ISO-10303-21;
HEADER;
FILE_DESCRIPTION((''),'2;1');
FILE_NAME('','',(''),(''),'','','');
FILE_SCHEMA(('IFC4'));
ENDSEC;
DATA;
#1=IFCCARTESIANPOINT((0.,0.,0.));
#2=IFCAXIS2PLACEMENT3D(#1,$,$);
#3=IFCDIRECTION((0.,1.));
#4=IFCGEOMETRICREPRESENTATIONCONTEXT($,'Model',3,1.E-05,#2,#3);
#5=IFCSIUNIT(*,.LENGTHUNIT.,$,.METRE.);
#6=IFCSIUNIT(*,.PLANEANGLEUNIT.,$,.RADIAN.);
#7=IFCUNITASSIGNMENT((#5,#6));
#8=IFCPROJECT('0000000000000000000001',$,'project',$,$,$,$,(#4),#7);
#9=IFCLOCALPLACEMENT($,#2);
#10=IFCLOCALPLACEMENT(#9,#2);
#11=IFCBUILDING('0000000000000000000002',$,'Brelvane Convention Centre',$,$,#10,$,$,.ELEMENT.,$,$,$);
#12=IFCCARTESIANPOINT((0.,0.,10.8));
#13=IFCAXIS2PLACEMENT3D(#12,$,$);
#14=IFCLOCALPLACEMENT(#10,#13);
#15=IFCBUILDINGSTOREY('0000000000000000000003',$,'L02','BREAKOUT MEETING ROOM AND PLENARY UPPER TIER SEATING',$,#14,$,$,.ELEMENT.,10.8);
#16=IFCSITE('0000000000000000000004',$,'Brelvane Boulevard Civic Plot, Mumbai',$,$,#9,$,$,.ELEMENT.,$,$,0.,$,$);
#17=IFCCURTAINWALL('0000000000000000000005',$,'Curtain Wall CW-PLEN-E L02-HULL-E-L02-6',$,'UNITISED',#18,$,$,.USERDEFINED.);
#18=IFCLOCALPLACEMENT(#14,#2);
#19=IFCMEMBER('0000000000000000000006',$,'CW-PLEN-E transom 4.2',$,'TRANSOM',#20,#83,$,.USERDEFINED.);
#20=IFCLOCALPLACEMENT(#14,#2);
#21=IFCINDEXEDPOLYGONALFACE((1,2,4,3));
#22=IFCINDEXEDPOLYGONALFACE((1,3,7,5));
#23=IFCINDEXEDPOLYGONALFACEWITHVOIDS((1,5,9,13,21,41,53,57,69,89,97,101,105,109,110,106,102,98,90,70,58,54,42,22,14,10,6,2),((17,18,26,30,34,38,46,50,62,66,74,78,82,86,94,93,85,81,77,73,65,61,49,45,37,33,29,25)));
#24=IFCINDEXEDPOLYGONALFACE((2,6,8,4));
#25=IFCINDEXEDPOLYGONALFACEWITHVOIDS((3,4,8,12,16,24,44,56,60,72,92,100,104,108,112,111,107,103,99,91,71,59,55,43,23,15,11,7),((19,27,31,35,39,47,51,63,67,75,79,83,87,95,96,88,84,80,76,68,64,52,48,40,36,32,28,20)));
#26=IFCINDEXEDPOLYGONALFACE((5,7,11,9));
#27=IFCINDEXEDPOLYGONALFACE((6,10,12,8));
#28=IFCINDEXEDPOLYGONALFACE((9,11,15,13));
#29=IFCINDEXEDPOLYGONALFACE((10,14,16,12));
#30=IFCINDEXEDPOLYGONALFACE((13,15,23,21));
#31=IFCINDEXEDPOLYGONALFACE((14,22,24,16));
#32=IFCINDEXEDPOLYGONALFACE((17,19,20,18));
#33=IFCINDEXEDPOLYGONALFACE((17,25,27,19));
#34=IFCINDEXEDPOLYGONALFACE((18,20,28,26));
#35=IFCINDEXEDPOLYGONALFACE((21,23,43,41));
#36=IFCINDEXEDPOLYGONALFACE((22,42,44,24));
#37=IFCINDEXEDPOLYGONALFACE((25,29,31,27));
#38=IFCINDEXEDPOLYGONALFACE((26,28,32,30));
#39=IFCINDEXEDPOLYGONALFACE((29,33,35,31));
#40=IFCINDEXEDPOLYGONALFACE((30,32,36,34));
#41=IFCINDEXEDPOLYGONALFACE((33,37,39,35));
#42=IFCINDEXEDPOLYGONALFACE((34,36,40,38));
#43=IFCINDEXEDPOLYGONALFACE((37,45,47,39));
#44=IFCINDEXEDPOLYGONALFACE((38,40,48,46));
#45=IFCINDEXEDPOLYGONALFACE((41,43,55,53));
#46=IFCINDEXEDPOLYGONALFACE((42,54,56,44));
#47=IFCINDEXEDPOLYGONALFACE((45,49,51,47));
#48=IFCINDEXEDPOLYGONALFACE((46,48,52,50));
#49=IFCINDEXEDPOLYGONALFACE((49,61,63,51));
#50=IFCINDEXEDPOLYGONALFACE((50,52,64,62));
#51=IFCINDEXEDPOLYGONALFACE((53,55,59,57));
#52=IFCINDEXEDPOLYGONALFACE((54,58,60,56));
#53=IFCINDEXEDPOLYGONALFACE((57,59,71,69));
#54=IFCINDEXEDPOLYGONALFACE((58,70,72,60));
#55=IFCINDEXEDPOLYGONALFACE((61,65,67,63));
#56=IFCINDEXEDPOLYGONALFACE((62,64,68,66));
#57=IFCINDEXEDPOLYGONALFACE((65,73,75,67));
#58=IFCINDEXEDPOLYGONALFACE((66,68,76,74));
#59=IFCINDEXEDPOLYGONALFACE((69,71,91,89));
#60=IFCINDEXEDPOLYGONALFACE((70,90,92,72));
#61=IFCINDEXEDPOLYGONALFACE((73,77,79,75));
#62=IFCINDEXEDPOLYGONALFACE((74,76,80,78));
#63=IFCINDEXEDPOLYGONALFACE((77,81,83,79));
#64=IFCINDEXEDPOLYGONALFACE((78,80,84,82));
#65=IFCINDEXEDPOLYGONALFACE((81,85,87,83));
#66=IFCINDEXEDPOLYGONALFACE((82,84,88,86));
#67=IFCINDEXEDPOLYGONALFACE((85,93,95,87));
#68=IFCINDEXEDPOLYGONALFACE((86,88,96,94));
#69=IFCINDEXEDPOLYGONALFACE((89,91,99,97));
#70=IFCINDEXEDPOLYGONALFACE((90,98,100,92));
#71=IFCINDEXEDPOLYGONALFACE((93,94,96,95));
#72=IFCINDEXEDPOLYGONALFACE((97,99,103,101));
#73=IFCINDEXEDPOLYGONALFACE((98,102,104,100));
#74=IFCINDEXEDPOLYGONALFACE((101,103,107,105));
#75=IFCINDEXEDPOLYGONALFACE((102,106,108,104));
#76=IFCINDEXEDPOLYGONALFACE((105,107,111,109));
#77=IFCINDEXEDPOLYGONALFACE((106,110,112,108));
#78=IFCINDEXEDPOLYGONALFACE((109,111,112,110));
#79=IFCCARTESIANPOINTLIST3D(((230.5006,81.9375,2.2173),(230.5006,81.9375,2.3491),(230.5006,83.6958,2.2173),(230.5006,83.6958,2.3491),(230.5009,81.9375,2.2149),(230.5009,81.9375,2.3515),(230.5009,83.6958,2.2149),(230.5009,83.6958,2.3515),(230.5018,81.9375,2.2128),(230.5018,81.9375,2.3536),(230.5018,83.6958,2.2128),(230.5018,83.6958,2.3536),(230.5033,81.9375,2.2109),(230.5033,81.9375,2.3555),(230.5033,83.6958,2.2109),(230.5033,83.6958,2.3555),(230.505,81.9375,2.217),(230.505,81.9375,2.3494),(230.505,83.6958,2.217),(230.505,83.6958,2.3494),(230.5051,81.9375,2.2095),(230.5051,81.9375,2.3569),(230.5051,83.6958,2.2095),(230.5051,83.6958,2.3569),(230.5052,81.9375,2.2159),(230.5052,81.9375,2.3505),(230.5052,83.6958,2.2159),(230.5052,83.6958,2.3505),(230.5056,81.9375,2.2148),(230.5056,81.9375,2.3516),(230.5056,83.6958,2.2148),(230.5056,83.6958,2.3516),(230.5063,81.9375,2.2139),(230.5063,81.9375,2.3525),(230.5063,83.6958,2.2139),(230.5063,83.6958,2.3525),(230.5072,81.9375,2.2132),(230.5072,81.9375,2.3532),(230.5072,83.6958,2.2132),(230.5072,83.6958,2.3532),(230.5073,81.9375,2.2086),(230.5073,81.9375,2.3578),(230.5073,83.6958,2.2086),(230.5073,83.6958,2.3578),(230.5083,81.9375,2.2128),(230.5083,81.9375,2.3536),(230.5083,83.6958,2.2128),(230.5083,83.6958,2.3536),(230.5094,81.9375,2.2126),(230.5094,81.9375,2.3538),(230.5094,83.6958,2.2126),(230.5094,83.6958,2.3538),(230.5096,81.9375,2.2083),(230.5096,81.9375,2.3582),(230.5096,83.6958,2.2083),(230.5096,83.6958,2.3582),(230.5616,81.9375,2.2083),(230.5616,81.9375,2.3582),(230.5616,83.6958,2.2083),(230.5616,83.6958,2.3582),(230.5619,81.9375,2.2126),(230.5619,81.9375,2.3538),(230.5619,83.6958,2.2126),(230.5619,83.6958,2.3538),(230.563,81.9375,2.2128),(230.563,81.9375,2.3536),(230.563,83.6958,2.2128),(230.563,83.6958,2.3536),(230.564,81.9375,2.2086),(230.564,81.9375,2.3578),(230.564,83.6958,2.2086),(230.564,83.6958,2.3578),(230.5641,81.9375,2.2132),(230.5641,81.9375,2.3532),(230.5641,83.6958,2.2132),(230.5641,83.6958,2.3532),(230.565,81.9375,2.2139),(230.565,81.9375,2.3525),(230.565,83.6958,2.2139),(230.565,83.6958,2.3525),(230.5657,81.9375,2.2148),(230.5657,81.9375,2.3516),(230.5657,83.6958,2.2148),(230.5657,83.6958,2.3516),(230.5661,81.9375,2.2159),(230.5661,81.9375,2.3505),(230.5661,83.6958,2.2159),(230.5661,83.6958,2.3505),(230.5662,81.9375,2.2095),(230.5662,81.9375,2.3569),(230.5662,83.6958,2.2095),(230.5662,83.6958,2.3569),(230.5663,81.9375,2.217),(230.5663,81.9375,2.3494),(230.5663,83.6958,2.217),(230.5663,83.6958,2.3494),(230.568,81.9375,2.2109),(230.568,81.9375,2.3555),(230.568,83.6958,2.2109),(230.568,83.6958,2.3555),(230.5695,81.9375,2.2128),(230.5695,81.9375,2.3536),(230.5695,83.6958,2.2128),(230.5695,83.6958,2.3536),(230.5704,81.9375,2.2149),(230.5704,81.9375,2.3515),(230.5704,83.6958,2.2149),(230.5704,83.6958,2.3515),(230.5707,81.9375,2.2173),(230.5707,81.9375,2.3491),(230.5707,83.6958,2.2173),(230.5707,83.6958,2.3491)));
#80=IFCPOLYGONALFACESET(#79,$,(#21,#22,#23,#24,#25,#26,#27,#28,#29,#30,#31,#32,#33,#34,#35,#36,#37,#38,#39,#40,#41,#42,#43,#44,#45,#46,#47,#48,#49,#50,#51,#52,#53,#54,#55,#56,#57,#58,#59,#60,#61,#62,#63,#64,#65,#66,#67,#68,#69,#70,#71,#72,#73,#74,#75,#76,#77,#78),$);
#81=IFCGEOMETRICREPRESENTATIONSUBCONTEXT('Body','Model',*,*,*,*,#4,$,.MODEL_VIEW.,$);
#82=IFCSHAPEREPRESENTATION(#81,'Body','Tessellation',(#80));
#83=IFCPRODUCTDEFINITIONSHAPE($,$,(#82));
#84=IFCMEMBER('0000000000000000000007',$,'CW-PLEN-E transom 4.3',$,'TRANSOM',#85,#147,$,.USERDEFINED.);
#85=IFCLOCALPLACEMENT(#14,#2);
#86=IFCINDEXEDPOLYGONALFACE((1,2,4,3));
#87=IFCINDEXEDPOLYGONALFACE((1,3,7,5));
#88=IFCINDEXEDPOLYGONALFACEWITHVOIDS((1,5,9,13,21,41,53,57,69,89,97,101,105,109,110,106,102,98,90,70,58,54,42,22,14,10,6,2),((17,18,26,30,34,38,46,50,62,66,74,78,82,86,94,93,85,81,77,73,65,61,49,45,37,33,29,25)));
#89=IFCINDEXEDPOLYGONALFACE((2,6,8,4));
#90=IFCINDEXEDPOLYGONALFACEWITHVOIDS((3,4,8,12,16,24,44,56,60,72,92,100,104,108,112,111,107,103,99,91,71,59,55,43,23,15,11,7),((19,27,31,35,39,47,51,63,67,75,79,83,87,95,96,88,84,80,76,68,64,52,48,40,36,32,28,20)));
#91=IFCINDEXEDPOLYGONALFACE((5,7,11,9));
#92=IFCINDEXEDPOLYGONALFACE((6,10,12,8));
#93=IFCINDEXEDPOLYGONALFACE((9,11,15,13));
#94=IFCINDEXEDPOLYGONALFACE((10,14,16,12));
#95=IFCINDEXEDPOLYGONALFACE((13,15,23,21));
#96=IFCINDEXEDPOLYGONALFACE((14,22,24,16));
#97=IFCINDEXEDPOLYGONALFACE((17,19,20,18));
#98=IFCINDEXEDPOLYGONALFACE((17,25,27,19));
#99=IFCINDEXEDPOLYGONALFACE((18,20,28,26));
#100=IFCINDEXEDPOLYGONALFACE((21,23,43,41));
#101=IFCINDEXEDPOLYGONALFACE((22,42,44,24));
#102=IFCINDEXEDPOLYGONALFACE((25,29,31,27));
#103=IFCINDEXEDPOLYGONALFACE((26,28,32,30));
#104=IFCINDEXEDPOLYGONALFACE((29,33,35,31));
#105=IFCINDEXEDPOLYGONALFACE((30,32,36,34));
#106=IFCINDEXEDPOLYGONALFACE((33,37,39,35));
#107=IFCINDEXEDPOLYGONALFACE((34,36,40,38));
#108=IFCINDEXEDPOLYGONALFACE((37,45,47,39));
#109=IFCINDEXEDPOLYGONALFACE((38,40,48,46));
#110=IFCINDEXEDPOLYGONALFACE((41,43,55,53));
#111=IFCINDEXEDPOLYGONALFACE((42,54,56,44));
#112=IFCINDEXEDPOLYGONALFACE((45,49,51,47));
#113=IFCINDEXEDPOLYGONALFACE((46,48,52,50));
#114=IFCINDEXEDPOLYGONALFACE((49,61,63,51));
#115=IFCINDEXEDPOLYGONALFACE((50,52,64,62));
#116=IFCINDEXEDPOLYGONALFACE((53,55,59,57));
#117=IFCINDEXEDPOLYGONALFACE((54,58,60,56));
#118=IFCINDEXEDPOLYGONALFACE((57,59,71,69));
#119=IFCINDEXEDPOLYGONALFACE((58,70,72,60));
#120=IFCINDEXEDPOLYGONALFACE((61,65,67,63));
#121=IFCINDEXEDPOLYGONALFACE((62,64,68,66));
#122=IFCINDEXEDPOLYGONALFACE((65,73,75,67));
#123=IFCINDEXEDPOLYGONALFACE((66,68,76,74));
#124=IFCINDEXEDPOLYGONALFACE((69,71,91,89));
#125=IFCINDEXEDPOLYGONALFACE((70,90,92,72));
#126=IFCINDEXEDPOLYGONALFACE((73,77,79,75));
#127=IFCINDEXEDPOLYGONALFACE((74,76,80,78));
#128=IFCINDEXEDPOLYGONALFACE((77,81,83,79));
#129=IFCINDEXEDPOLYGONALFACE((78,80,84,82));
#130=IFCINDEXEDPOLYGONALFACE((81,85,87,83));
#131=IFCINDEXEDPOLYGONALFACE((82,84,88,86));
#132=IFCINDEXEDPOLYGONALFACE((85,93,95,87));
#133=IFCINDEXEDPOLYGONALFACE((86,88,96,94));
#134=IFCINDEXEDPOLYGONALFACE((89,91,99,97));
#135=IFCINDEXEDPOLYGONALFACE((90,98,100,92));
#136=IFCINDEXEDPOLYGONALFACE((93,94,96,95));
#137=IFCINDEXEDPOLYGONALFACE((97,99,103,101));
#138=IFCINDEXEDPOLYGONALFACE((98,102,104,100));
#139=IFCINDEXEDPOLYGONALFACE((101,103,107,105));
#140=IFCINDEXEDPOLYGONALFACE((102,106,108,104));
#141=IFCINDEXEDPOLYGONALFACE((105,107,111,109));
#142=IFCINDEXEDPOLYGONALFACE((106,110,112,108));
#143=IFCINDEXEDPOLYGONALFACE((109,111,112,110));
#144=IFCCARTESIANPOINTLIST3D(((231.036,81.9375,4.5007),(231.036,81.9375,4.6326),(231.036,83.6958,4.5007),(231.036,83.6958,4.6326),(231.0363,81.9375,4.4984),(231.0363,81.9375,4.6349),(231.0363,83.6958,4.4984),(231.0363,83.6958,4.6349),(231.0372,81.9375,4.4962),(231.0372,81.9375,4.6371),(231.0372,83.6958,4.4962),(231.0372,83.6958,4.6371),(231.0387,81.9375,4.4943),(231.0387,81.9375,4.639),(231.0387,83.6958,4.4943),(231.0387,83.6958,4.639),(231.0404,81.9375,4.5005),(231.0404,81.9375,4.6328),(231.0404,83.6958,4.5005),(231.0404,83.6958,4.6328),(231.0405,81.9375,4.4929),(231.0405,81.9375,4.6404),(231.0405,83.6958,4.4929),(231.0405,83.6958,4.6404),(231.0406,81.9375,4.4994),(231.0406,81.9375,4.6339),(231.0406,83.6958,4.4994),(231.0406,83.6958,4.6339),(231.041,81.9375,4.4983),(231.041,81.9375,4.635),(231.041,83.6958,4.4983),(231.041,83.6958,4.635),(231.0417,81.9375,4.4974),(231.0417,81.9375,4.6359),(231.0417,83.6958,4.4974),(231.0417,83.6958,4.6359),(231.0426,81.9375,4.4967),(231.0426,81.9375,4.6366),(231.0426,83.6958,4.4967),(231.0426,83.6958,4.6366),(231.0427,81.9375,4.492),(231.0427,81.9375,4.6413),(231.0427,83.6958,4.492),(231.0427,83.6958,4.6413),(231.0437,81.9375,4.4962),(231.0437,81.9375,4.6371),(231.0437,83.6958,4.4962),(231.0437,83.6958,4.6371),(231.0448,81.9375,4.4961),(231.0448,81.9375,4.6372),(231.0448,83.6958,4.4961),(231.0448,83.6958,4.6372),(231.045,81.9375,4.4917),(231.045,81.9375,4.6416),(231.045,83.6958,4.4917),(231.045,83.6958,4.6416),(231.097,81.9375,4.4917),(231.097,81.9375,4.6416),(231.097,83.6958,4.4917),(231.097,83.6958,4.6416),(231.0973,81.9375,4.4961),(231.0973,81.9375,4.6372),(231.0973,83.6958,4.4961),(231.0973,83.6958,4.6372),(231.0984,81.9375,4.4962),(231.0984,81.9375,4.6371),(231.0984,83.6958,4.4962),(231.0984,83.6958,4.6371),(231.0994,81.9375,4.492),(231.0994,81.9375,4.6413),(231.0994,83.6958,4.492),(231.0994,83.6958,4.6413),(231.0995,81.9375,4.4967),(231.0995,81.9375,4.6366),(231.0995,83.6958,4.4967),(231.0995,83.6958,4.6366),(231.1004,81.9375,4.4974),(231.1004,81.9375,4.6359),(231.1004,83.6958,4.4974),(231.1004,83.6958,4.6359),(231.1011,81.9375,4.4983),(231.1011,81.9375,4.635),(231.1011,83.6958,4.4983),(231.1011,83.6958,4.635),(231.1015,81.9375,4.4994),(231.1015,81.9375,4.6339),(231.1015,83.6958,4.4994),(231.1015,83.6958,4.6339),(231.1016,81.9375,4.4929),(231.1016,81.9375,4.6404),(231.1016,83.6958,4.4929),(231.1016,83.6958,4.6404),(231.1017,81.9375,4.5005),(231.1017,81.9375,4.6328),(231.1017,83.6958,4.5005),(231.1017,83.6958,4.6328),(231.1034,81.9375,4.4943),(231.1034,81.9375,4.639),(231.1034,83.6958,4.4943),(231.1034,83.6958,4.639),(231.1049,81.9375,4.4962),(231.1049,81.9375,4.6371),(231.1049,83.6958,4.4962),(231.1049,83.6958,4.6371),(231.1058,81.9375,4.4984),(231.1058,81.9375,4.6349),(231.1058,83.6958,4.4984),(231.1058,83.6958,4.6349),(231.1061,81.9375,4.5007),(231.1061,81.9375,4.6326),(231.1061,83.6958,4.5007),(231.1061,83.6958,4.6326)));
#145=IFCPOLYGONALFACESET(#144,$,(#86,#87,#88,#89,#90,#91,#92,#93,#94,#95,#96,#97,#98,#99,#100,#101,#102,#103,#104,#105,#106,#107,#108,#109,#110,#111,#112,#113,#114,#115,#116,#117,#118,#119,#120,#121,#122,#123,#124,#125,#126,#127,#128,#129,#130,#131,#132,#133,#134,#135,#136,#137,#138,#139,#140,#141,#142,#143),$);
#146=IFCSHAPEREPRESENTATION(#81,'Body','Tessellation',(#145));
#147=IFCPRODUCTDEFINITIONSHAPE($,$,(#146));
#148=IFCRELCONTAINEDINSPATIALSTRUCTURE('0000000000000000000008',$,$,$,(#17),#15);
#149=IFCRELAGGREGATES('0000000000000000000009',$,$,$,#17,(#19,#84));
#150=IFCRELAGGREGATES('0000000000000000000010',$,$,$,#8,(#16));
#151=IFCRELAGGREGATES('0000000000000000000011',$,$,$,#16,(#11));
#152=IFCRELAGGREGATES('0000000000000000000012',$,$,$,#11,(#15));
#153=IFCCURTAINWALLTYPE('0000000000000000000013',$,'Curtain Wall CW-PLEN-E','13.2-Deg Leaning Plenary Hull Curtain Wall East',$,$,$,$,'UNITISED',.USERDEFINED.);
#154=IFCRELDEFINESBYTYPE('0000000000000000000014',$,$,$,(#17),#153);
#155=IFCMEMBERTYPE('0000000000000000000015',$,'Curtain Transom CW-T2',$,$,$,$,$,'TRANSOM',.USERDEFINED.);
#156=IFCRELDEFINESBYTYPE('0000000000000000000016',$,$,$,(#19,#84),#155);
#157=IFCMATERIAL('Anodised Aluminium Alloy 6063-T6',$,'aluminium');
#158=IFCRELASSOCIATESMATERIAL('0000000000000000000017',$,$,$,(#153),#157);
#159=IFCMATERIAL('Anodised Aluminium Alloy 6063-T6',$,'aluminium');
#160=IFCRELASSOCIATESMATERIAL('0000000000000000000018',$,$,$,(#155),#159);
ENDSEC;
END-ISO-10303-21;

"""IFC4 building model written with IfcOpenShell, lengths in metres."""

from ifc_helpers import new_model, si_unit, direction, frame, origin, origin_2d, place, context, subcontext, project, spatial, hollow_rectangle, extrude, material, material_profile, profile_set, type_object, element, aggregate, save


model = new_model("IFC4")

# Units and contexts
model_context = context("Model", 3, precision=1e-05, world=origin(), true_north=direction((0.0, 1.0)))
body_context = subcontext(model_context, "Body", "Model", "MODEL_VIEW")
ifc_project = project(units=[si_unit("LENGTHUNIT", "METRE"), si_unit("PLANEANGLEUNIT", "RADIAN")], contexts=[model_context])

# Site, building, storey
site_placement = place(None, origin())
site = spatial("IfcSite", under=ifc_project, at=site_placement, Name="Brelvane Boulevard Civic Plot, Mumbai", CompositionType="ELEMENT", RefElevation=0.0)
building_placement = place(site_placement, origin())
building = spatial("IfcBuilding", under=site, at=building_placement, Name="Brelvane Convention Centre", CompositionType="ELEMENT")
storey_placement = place(building_placement, frame((0.0, 0.0, 10.8)))
storey = spatial("IfcBuildingStorey", under=building, at=storey_placement, Name="L02", Description="BREAKOUT MEETING ROOM AND PLENARY UPPER TIER SEATING", CompositionType="ELEMENT", Elevation=10.8)

# Curtain wall, members
ifc_material_1 = material(Name="Anodised Aluminium Alloy 6063-T6", Category="aluminium")
curtain_wall_type = type_object("IfcCurtainWallType", Name="Curtain Wall CW-PLEN-E", Description="13.2-Deg Leaning Plenary Hull Curtain Wall East", ElementType="UNITISED", PredefinedType="USERDEFINED", material=ifc_material_1)
curtain_wall_placement = place(storey_placement, origin())
curtain_wall = element("IfcCurtainWall", 1, at=curtain_wall_placement, inside=storey, type_object=curtain_wall_type, Name="Curtain Wall CW-PLEN-E L02-HULL-E-L02-6", ObjectType="UNITISED", PredefinedType="USERDEFINED")
ifc_material_2 = material(Name="Anodised Aluminium Alloy 6063-T6", Category="aluminium")
ifc_material_profile = material_profile(ifc_material_2, hollow_rectangle(XDim=0.0701, YDim=0.1499, WallThickness=0.0044, InnerFilletRadius=0.0044, OuterFilletRadius=0.009, at=origin_2d()), Name="ALU-T 150x70x4.5")
ifc_profile_set = profile_set([ifc_material_profile], Name="Anodised Aluminium Alloy 6063-T6")
member_type = type_object("IfcMemberType", Name="Curtain Transom CW-T2", ElementType="TRANSOM", PredefinedType="USERDEFINED", material=ifc_profile_set)
member_1_placement = place(storey_placement, frame((230.5356, 81.9375, 2.2832), z_axis=(0.0, 1.0, 0.0), x_axis=(-1.0, 0.0, 0.0)))
member_1 = element("IfcMember", 2, at=member_1_placement, type_object=member_type, Name="CW-PLEN-E transom 4.2", ObjectType="TRANSOM", PredefinedType="USERDEFINED", context=body_context, shape_type="SweptSolid", body=[
    extrude(hollow_rectangle(XDim=0.0701, YDim=0.1499, WallThickness=0.0044, InnerFilletRadius=0.0044, OuterFilletRadius=0.009, at=origin_2d()), origin(), (0.0, 0.0, 1.0), 1.7583),
])
member_2_placement = place(storey_placement, frame((231.071, 81.9375, 4.5667), z_axis=(0.0, 1.0, 0.0), x_axis=(-1.0, 0.0, 0.0)))
member_2 = element("IfcMember", 3, at=member_2_placement, type_object=member_type, Name="CW-PLEN-E transom 4.3", ObjectType="TRANSOM", PredefinedType="USERDEFINED", context=body_context, shape_type="SweptSolid", body=[
    extrude(hollow_rectangle(XDim=0.0701, YDim=0.1499, WallThickness=0.0044, InnerFilletRadius=0.0044, OuterFilletRadius=0.009, at=origin_2d()), origin(), (0.0, 0.0, 1.0), 1.7583),
])
aggregate(curtain_wall, [member_1, member_2])

save(model, "model.ifc")
